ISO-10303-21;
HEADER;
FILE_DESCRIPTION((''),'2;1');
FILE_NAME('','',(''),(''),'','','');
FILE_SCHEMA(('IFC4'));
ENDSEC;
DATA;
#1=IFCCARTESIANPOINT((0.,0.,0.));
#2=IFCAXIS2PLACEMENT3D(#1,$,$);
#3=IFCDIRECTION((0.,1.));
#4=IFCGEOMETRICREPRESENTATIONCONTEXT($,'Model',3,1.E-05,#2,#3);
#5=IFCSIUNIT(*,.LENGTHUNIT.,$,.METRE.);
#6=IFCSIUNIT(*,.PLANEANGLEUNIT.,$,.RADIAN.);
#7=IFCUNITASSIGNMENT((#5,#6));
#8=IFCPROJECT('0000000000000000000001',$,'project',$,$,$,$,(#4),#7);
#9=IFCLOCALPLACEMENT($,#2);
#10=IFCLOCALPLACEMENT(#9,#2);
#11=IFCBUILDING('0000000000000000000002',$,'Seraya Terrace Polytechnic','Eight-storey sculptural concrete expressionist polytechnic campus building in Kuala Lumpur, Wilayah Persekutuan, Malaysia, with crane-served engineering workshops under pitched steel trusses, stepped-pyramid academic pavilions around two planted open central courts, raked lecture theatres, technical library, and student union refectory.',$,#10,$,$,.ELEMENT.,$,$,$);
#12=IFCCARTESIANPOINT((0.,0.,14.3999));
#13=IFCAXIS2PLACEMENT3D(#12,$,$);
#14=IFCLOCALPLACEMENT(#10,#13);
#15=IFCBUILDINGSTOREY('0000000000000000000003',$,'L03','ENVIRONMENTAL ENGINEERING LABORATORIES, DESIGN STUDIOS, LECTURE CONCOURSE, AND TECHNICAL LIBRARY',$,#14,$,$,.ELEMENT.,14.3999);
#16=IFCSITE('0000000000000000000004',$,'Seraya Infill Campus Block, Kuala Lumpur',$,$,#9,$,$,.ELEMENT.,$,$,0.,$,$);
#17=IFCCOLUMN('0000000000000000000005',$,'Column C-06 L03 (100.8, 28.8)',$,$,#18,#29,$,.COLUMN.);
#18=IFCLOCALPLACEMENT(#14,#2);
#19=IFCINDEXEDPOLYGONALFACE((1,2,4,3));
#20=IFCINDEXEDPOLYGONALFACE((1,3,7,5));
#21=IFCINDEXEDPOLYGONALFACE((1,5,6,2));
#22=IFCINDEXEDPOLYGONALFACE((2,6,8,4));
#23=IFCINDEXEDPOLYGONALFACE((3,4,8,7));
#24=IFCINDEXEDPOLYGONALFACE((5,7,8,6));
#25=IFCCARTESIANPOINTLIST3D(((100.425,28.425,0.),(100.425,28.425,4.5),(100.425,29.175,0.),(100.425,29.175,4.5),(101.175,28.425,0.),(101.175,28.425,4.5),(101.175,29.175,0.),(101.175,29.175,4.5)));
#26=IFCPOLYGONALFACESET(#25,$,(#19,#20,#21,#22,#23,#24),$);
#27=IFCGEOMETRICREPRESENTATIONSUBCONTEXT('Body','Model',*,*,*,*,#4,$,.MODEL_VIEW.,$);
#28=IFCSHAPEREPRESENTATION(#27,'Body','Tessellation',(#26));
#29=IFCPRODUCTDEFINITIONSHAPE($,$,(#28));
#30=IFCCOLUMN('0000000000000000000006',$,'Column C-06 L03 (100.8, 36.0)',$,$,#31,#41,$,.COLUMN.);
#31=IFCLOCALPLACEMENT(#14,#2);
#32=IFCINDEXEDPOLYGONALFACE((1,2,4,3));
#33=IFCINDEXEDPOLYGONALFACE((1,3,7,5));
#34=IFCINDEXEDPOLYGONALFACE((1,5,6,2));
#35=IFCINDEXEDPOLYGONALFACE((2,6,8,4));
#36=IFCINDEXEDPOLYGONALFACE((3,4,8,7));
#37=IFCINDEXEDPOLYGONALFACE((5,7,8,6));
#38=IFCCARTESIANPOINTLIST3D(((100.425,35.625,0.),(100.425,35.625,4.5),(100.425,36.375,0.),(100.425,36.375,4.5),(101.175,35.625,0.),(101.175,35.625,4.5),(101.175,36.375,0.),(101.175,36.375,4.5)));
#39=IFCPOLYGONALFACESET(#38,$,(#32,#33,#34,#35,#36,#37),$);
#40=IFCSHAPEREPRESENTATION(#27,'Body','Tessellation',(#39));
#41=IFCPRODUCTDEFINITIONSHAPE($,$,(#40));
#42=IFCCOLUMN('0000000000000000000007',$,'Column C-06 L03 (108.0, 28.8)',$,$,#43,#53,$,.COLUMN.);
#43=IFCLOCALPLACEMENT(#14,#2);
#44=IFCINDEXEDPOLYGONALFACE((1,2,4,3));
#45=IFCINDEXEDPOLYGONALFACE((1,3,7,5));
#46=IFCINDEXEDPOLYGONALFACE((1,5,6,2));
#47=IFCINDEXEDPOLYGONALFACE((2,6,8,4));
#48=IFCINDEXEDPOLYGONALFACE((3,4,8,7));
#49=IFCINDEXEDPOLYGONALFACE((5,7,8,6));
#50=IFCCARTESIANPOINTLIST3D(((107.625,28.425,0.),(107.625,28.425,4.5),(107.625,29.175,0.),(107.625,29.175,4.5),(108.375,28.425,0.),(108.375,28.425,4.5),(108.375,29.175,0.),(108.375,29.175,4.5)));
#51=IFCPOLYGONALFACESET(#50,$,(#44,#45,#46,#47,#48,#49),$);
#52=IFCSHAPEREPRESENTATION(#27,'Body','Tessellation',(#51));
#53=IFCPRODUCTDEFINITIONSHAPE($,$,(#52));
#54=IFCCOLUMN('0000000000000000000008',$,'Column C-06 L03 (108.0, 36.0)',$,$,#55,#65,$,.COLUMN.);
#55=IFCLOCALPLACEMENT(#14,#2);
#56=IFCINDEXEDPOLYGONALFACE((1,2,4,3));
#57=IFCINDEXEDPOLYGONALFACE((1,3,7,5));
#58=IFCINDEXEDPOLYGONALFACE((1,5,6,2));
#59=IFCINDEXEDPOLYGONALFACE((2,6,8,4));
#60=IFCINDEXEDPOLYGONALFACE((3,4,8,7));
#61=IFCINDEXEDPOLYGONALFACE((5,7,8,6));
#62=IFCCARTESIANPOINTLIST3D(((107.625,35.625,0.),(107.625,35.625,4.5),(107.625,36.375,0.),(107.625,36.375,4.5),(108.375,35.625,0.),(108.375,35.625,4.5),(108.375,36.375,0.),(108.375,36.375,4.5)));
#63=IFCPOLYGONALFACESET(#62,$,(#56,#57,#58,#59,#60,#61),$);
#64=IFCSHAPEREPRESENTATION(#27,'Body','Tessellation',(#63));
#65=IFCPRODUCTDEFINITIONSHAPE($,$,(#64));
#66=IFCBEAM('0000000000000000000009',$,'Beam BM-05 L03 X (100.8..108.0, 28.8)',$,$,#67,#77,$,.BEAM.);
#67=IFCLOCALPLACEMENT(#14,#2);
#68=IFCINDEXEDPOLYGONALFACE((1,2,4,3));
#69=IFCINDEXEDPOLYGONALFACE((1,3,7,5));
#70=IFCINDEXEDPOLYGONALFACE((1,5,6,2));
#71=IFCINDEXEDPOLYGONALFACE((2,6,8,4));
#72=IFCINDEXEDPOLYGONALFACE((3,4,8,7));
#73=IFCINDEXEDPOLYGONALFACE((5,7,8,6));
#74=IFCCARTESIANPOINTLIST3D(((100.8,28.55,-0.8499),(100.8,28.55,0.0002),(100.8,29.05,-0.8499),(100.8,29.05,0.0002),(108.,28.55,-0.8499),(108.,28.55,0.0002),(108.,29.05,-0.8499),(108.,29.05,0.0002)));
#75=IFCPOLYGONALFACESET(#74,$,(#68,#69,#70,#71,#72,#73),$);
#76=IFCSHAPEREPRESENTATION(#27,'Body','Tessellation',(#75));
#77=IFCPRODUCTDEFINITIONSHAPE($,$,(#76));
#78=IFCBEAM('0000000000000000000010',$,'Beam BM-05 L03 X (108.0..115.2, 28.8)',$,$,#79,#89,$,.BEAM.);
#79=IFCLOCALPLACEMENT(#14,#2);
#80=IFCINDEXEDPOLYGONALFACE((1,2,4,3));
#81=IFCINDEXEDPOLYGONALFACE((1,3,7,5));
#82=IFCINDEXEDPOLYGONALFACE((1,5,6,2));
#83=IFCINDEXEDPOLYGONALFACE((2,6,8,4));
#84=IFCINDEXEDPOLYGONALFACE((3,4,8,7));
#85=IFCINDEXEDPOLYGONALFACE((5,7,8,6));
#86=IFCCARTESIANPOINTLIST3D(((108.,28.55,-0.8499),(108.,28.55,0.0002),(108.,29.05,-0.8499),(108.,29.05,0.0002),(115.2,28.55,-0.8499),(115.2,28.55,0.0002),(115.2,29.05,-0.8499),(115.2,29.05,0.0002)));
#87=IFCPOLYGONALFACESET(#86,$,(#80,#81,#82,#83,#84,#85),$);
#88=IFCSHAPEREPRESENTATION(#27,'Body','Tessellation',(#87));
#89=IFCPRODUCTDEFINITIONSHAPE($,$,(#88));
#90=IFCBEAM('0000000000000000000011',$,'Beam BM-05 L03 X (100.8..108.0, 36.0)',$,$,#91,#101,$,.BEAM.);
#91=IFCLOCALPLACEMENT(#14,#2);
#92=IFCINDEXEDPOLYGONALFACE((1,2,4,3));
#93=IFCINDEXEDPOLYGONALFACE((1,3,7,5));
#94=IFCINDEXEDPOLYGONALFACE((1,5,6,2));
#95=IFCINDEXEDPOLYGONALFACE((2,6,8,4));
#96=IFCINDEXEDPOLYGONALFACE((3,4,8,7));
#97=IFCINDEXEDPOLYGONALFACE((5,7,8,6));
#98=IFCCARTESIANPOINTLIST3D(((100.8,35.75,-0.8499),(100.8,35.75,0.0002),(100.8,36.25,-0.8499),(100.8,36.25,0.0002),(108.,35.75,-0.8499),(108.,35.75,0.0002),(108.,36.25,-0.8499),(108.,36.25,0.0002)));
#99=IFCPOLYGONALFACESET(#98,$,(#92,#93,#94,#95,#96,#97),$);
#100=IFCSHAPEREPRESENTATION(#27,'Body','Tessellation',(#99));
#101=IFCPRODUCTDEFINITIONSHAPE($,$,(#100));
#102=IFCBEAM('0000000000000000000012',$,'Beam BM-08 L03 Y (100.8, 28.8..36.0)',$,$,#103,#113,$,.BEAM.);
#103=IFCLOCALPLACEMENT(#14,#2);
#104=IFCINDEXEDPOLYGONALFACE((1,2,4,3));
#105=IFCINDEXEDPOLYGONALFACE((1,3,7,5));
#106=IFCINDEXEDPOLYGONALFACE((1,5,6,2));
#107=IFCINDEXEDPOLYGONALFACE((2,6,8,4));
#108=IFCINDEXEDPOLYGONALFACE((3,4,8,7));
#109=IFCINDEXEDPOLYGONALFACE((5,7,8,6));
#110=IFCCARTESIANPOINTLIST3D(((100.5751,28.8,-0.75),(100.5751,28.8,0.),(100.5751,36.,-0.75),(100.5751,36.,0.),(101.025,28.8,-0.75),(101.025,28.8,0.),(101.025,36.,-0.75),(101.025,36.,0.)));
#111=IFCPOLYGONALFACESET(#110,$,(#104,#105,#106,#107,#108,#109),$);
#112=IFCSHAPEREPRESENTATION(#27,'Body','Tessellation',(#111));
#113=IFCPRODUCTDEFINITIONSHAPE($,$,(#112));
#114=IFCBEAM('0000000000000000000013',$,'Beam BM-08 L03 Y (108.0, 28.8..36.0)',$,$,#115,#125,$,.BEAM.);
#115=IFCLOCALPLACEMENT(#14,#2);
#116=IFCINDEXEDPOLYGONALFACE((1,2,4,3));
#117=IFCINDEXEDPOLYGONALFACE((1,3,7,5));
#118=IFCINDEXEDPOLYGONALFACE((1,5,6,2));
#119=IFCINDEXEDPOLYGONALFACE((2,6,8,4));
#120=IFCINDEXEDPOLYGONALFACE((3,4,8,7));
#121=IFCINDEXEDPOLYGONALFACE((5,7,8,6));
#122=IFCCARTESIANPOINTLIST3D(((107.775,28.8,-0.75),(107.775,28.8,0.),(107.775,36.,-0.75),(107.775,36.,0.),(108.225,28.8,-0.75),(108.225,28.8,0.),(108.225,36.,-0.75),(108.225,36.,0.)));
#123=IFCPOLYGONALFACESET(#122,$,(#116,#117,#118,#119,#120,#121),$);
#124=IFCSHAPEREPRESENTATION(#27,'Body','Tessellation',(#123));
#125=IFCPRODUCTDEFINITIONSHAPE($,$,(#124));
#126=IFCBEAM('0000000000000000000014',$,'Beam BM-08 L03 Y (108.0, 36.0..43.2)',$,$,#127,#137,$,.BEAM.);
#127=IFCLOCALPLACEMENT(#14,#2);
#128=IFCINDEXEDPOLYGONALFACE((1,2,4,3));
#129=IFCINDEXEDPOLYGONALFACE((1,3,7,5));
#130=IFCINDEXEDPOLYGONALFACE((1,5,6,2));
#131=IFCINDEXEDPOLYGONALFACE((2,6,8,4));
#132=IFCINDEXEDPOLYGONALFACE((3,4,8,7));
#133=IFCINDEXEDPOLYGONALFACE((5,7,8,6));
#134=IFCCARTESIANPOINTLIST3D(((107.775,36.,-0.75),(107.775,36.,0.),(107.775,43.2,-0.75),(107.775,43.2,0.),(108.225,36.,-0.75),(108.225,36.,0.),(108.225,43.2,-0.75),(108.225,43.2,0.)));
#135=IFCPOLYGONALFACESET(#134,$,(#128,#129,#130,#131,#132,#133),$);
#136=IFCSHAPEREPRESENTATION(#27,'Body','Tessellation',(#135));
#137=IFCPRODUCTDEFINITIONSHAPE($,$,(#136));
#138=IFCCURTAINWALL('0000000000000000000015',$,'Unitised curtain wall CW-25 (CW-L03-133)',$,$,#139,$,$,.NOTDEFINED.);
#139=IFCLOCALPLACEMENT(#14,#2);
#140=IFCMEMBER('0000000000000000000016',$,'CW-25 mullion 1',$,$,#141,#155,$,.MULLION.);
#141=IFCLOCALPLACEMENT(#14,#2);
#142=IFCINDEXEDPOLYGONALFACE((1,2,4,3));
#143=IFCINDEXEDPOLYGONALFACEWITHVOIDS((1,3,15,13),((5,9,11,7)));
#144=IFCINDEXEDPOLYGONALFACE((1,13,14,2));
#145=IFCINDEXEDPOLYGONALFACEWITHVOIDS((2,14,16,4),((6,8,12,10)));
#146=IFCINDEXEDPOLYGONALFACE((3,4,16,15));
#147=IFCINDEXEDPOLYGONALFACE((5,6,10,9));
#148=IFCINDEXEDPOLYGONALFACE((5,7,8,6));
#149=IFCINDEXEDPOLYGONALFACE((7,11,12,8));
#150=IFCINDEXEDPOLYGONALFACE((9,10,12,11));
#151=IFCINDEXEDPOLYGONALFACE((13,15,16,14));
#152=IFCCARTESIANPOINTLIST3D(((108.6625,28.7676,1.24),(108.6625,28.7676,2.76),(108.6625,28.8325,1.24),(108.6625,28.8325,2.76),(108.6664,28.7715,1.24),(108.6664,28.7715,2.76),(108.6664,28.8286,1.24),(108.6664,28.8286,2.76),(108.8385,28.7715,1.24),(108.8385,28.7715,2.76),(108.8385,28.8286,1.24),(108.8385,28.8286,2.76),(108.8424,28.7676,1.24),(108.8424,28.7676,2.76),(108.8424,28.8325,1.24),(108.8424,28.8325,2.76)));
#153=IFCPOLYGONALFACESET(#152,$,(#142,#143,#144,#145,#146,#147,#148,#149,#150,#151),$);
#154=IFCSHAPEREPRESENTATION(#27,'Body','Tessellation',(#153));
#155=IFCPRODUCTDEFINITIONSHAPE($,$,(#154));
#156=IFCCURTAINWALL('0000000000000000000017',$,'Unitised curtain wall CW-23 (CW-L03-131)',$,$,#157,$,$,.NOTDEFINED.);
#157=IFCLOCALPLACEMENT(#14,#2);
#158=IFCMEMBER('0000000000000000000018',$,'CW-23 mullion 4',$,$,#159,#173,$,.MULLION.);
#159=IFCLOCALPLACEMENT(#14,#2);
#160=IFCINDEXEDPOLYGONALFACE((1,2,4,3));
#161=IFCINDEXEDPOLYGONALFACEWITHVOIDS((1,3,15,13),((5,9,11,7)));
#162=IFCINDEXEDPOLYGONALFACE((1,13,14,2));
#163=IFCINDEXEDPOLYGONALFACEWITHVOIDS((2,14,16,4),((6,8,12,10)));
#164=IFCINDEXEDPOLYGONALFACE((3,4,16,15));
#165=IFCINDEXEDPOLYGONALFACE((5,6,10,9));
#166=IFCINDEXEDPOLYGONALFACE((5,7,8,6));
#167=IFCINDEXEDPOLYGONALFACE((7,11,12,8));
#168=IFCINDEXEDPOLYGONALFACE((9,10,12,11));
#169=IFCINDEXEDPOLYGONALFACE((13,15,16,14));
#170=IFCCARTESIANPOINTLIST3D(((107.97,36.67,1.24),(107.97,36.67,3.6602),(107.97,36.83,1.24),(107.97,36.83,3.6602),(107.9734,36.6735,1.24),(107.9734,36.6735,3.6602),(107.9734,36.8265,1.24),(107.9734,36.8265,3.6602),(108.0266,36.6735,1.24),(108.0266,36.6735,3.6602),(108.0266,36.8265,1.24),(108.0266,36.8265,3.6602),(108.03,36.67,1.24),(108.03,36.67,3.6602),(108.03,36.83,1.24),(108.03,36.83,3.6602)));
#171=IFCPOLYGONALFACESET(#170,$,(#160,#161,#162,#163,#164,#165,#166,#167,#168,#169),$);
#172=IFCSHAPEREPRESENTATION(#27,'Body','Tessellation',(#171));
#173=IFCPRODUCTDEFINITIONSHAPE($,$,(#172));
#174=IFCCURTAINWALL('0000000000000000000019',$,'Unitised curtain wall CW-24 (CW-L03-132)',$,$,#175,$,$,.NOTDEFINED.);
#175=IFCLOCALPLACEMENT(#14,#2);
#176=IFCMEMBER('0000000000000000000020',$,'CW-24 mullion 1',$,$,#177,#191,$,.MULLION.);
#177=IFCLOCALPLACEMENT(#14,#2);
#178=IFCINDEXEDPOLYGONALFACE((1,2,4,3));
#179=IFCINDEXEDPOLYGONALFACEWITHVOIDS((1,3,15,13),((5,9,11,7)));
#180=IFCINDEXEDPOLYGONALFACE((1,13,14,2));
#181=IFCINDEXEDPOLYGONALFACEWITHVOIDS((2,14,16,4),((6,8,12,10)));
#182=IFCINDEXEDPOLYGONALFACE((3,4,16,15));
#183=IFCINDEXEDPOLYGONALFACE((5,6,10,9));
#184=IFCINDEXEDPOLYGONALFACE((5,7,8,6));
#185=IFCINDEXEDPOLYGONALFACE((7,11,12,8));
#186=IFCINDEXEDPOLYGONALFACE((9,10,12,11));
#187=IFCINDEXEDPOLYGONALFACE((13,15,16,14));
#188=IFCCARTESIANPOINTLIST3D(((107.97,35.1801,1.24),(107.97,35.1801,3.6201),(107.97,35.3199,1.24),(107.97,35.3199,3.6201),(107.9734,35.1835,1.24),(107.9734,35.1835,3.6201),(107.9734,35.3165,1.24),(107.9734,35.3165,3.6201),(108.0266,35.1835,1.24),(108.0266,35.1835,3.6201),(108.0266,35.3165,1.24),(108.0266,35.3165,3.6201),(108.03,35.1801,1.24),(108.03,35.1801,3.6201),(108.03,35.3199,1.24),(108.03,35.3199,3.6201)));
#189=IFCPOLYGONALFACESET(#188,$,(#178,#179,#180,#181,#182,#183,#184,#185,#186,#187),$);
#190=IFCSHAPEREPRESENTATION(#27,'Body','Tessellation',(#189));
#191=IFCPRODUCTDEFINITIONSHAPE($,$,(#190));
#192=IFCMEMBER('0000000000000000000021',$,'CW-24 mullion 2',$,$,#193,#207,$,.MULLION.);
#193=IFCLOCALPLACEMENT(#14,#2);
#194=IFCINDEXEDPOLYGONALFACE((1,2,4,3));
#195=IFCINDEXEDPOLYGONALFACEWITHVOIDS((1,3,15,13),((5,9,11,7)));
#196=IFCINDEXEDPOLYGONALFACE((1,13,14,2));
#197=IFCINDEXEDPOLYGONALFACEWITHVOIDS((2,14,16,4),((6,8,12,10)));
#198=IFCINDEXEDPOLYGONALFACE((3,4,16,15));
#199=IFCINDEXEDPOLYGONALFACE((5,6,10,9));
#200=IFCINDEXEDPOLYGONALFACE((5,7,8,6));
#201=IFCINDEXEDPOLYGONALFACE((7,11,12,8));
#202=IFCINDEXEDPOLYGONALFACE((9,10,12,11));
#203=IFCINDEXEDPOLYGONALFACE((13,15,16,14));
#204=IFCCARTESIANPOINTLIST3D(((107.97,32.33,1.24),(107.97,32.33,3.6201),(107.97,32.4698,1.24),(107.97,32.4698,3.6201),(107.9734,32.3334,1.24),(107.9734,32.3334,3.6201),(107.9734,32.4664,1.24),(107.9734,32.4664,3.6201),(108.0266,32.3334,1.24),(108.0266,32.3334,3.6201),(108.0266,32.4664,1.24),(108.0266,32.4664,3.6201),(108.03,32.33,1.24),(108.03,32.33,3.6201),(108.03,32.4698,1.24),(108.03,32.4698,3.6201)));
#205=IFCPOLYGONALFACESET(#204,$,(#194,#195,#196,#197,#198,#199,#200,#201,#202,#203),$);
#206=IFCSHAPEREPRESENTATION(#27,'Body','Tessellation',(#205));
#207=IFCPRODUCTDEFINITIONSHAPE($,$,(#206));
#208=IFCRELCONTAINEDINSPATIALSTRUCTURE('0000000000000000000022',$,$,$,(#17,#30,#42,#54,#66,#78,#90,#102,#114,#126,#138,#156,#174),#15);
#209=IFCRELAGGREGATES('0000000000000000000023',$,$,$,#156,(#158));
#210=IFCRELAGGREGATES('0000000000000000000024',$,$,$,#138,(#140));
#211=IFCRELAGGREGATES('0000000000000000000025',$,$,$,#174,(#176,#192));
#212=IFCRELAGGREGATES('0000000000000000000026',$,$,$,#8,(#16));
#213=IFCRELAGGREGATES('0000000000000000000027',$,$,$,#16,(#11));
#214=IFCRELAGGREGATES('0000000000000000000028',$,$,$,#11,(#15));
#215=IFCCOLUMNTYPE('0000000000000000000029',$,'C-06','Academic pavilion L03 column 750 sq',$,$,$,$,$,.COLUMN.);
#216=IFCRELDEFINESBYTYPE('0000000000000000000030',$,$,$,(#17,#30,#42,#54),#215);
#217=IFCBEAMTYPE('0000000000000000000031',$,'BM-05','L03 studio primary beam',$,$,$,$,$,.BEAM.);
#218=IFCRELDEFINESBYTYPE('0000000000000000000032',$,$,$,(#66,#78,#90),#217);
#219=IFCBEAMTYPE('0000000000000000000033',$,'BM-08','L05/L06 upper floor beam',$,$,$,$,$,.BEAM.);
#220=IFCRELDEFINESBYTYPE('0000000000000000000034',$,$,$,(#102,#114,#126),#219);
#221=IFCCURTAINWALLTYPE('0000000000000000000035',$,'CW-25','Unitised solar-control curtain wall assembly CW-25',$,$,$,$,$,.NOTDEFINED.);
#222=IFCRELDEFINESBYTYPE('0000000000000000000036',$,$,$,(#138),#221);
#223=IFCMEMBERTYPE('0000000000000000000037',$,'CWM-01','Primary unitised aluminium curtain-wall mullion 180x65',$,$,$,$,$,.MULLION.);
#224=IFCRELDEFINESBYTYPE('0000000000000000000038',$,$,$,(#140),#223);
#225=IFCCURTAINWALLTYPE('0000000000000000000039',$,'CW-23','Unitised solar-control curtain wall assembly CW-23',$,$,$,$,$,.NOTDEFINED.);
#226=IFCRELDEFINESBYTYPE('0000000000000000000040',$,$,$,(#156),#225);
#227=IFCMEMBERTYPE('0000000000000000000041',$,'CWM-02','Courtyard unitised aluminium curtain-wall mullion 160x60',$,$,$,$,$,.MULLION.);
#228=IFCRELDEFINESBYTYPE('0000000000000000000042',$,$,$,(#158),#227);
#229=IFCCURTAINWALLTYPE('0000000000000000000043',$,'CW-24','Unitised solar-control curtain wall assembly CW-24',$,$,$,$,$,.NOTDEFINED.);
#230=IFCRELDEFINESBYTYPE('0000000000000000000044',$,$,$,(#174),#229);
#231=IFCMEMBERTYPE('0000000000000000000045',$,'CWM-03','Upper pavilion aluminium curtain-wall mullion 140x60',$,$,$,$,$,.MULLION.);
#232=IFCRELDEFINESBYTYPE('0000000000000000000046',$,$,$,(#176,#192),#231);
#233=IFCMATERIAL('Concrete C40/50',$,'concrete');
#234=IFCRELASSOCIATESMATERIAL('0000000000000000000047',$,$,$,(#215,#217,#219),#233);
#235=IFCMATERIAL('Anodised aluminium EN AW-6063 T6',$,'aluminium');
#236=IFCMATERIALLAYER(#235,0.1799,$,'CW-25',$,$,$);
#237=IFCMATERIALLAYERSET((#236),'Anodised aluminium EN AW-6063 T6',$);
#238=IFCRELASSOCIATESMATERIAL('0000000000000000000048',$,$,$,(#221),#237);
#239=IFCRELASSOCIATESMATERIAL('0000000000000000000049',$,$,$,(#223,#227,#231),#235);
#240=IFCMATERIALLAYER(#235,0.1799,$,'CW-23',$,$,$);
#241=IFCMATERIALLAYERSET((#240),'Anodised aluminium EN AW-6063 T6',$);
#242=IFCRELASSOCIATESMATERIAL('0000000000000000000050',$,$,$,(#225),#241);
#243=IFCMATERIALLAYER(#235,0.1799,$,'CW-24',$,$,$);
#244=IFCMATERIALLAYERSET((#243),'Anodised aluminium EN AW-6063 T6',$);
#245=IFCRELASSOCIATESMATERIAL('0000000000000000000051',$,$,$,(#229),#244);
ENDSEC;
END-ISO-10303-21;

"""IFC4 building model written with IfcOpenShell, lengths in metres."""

from ifc_helpers import new_model, si_unit, direction, frame, origin, origin_2d, place, context, subcontext, project, spatial, rectangle, hollow_rectangle, extrude, material, layer, layer_set, material_profile, profile_set, type_object, element, aggregate, save


model = new_model("IFC4")

# Units and contexts
model_context = context("Model", 3, precision=1e-05, world=origin(), true_north=direction((0.0, 1.0)))
body_context = subcontext(model_context, "Body", "Model", "MODEL_VIEW")
ifc_project = project(units=[si_unit("LENGTHUNIT", "METRE"), si_unit("PLANEANGLEUNIT", "RADIAN")], contexts=[model_context])

# Site, building, storey
site_placement = place(None, origin())
site = spatial("IfcSite", under=ifc_project, at=site_placement, Name="Seraya Infill Campus Block, Kuala Lumpur", CompositionType="ELEMENT", RefElevation=0.0)
building_placement = place(site_placement, origin())
building = spatial("IfcBuilding", under=site, at=building_placement, Name="Seraya Terrace Polytechnic", Description="Eight-storey sculptural concrete expressionist polytechnic campus building in Kuala Lumpur, Wilayah Persekutuan, Malaysia, with crane-served engineering workshops under pitched steel trusses, stepped-pyramid academic pavilions around two planted open central courts, raked lecture theatres, technical library, and student union refectory.", CompositionType="ELEMENT")
storey_placement = place(building_placement, frame((0.0, 0.0, 14.3999)))
storey = spatial("IfcBuildingStorey", under=building, at=storey_placement, Name="L03", Description="ENVIRONMENTAL ENGINEERING LABORATORIES, DESIGN STUDIOS, LECTURE CONCOURSE, AND TECHNICAL LIBRARY", CompositionType="ELEMENT", Elevation=14.3999)

# Columns
ifc_material_1 = material(Name="Concrete C40/50", Category="concrete")
ifc_material_profile_1 = material_profile(ifc_material_1, rectangle(XDim=0.75, YDim=0.75, at=origin_2d()), Name="RC 750x750")
ifc_profile_set_1 = profile_set([ifc_material_profile_1], Name="Concrete C40/50")
column_type = type_object("IfcColumnType", Name="C-06", Description="Academic pavilion L03 column 750 sq", PredefinedType="COLUMN", material=ifc_profile_set_1)
for number, where, z_axis, x_axis, name in (
    (1, (100.8, 28.8, 0.0), (0.0, 0.0, 1.0), (1.0, 0.0, 0.0), "Column C-06 L03 (100.8, 28.8)"),
    (2, (100.8, 36.0, 0.0), (0.0, 0.0, 1.0), (1.0, 0.0, 0.0), "Column C-06 L03 (100.8, 36.0)"),
    (3, (108.0, 28.8, 0.0), (0.0, 0.0, 1.0), (1.0, 0.0, 0.0), "Column C-06 L03 (108.0, 28.8)"),
    (4, (108.0, 36.0, 0.0), (0.0, 0.0, 1.0), (1.0, 0.0, 0.0), "Column C-06 L03 (108.0, 36.0)"),
):
    element("IfcColumn", number, at=place(storey_placement, frame(where, z_axis=z_axis, x_axis=x_axis)), inside=storey, type_object=column_type, Name=name, PredefinedType="COLUMN", context=body_context, shape_type="SweptSolid", body=[
        extrude(rectangle(XDim=0.75, YDim=0.75, at=origin_2d()), origin(), (0.0, 0.0, 1.0), 4.5),
    ])

# Beams
ifc_material_profile_2 = material_profile(ifc_material_1, rectangle(XDim=0.5, YDim=0.8501, at=origin_2d()), Name="RC 500x850")
ifc_profile_set_2 = profile_set([ifc_material_profile_2], Name="Concrete C40/50")
beam_type_1 = type_object("IfcBeamType", Name="BM-05", Description="L03 studio primary beam", PredefinedType="BEAM", material=ifc_profile_set_2)
for number, where, z_axis, x_axis, name in (
    (5, (100.8, 28.8, -0.4248), (1.0, 0.0, 0.0), (0.0, 1.0, 0.0), "Beam BM-05 L03 X (100.8..108.0, 28.8)"),
    (6, (108.0, 28.8, -0.4248), (1.0, 0.0, 0.0), (0.0, 1.0, 0.0), "Beam BM-05 L03 X (108.0..115.2, 28.8)"),
    (7, (100.8, 36.0, -0.4248), (1.0, 0.0, 0.0), (0.0, 1.0, 0.0), "Beam BM-05 L03 X (100.8..108.0, 36.0)"),
):
    element("IfcBeam", number, at=place(storey_placement, frame(where, z_axis=z_axis, x_axis=x_axis)), inside=storey, type_object=beam_type_1, Name=name, PredefinedType="BEAM", context=body_context, shape_type="SweptSolid", body=[
        extrude(rectangle(XDim=0.5, YDim=0.8501, at=origin_2d()), origin(), (0.0, 0.0, 1.0), 7.2),
    ])
ifc_material_profile_3 = material_profile(ifc_material_1, rectangle(XDim=0.45, YDim=0.75, at=origin_2d()), Name="RC 450x750")
ifc_profile_set_3 = profile_set([ifc_material_profile_3], Name="Concrete C40/50")
beam_type_2 = type_object("IfcBeamType", Name="BM-08", Description="L05/L06 upper floor beam", PredefinedType="BEAM", material=ifc_profile_set_3)
for number, where, z_axis, x_axis, name in (
    (8, (100.8, 28.8, -0.375), (0.0, 1.0, 0.0), (-1.0, 0.0, 0.0), "Beam BM-08 L03 Y (100.8, 28.8..36.0)"),
    (9, (108.0, 28.8, -0.375), (0.0, 1.0, 0.0), (-1.0, 0.0, 0.0), "Beam BM-08 L03 Y (108.0, 28.8..36.0)"),
    (10, (108.0, 36.0, -0.375), (0.0, 1.0, 0.0), (-1.0, 0.0, 0.0), "Beam BM-08 L03 Y (108.0, 36.0..43.2)"),
):
    element("IfcBeam", number, at=place(storey_placement, frame(where, z_axis=z_axis, x_axis=x_axis)), inside=storey, type_object=beam_type_2, Name=name, PredefinedType="BEAM", context=body_context, shape_type="SweptSolid", body=[
        extrude(rectangle(XDim=0.45, YDim=0.75, at=origin_2d()), origin(), (0.0, 0.0, 1.0), 7.2),
    ])

# Curtain walls, members
ifc_material_2 = material(Name="Anodised aluminium EN AW-6063 T6", Category="aluminium")
ifc_layer_1 = layer(ifc_material_2, 0.1799, Name="CW-25")
ifc_layer_set_1 = layer_set([ifc_layer_1], Name="Anodised aluminium EN AW-6063 T6")
curtain_wall_type_1 = type_object("IfcCurtainWallType", Name="CW-25", Description="Unitised solar-control curtain wall assembly CW-25", PredefinedType="NOTDEFINED", material=ifc_layer_set_1)
curtain_wall_1_placement = place(storey_placement, origin())
curtain_wall_1 = element("IfcCurtainWall", 11, at=curtain_wall_1_placement, inside=storey, type_object=curtain_wall_type_1, Name="Unitised curtain wall CW-25 (CW-L03-133)", PredefinedType="NOTDEFINED")
ifc_material_profile_4 = material_profile(ifc_material_2, hollow_rectangle(XDim=0.0649, YDim=0.1799, WallThickness=0.0039, at=origin_2d()), Name="RHS 180x65x4.0")
ifc_profile_set_4 = profile_set([ifc_material_profile_4], Name="Anodised aluminium EN AW-6063 T6")
member_type_1 = type_object("IfcMemberType", Name="CWM-01", Description="Primary unitised aluminium curtain-wall mullion 180x65", PredefinedType="MULLION", material=ifc_profile_set_4)
member_1_placement = place(storey_placement, frame((108.7524, 28.8, 1.24), z_axis=(0.0, 0.0, 1.0), x_axis=(0.0, 1.0, 0.0)))
member_1 = element("IfcMember", 12, at=member_1_placement, type_object=member_type_1, Name="CW-25 mullion 1", PredefinedType="MULLION", context=body_context, shape_type="SweptSolid", body=[
    extrude(hollow_rectangle(XDim=0.0649, YDim=0.1799, WallThickness=0.0039, at=origin_2d()), origin(), (0.0, 0.0, 1.0), 1.52),
])
ifc_layer_2 = layer(ifc_material_2, 0.1799, Name="CW-23")
ifc_layer_set_2 = layer_set([ifc_layer_2], Name="Anodised aluminium EN AW-6063 T6")
curtain_wall_type_2 = type_object("IfcCurtainWallType", Name="CW-23", Description="Unitised solar-control curtain wall assembly CW-23", PredefinedType="NOTDEFINED", material=ifc_layer_set_2)
curtain_wall_2_placement = place(storey_placement, origin())
curtain_wall_2 = element("IfcCurtainWall", 13, at=curtain_wall_2_placement, inside=storey, type_object=curtain_wall_type_2, Name="Unitised curtain wall CW-23 (CW-L03-131)", PredefinedType="NOTDEFINED")
ifc_material_profile_5 = material_profile(ifc_material_2, hollow_rectangle(XDim=0.0601, YDim=0.1599, WallThickness=0.0034, at=origin_2d()), Name="RHS 160x60x3.5")
ifc_profile_set_5 = profile_set([ifc_material_profile_5], Name="Anodised aluminium EN AW-6063 T6")
member_type_2 = type_object("IfcMemberType", Name="CWM-02", Description="Courtyard unitised aluminium curtain-wall mullion 160x60", PredefinedType="MULLION", material=ifc_profile_set_5)
member_2_placement = place(storey_placement, frame((108.0, 36.75, 1.24), z_axis=(0.0, 0.0, 1.0), x_axis=(1.0, 0.0, 0.0)))
member_2 = element("IfcMember", 14, at=member_2_placement, type_object=member_type_2, Name="CW-23 mullion 4", PredefinedType="MULLION", context=body_context, shape_type="SweptSolid", body=[
    extrude(hollow_rectangle(XDim=0.0601, YDim=0.1599, WallThickness=0.0034, at=origin_2d()), origin(), (0.0, 0.0, 1.0), 2.4202),
])
aggregate(curtain_wall_2, [member_2])

# Curtain wall, members
ifc_layer_3 = layer(ifc_material_2, 0.1799, Name="CW-24")
ifc_layer_set_3 = layer_set([ifc_layer_3], Name="Anodised aluminium EN AW-6063 T6")
curtain_wall_type_3 = type_object("IfcCurtainWallType", Name="CW-24", Description="Unitised solar-control curtain wall assembly CW-24", PredefinedType="NOTDEFINED", material=ifc_layer_set_3)
curtain_wall_3_placement = place(storey_placement, origin())
curtain_wall_3 = element("IfcCurtainWall", 15, at=curtain_wall_3_placement, inside=storey, type_object=curtain_wall_type_3, Name="Unitised curtain wall CW-24 (CW-L03-132)", PredefinedType="NOTDEFINED")
ifc_material_profile_6 = material_profile(ifc_material_2, hollow_rectangle(XDim=0.0601, YDim=0.1399, WallThickness=0.0034, at=origin_2d()), Name="RHS 140x60x3.5")
ifc_profile_set_6 = profile_set([ifc_material_profile_6], Name="Anodised aluminium EN AW-6063 T6")
member_type_3 = type_object("IfcMemberType", Name="CWM-03", Description="Upper pavilion aluminium curtain-wall mullion 140x60", PredefinedType="MULLION", material=ifc_profile_set_6)
member_3_placement = place(storey_placement, frame((108.0, 35.25, 1.24), z_axis=(0.0, 0.0, 1.0), x_axis=(1.0, 0.0, 0.0)))
member_3 = element("IfcMember", 16, at=member_3_placement, type_object=member_type_3, Name="CW-24 mullion 1", PredefinedType="MULLION", context=body_context, shape_type="SweptSolid", body=[
    extrude(hollow_rectangle(XDim=0.0601, YDim=0.1399, WallThickness=0.0034, at=origin_2d()), origin(), (0.0, 0.0, 1.0), 2.3801),
])
member_4_placement = place(storey_placement, frame((108.0, 32.3999, 1.24), z_axis=(0.0, 0.0, 1.0), x_axis=(1.0, 0.0, 0.0)))
member_4 = element("IfcMember", 17, at=member_4_placement, type_object=member_type_3, Name="CW-24 mullion 2", PredefinedType="MULLION", context=body_context, shape_type="SweptSolid", body=[
    extrude(hollow_rectangle(XDim=0.0601, YDim=0.1399, WallThickness=0.0034, at=origin_2d()), origin(), (0.0, 0.0, 1.0), 2.3801),
])

aggregate(curtain_wall_1, [member_1])

aggregate(curtain_wall_3, [member_3, member_4])

save(model, "model.ifc")
